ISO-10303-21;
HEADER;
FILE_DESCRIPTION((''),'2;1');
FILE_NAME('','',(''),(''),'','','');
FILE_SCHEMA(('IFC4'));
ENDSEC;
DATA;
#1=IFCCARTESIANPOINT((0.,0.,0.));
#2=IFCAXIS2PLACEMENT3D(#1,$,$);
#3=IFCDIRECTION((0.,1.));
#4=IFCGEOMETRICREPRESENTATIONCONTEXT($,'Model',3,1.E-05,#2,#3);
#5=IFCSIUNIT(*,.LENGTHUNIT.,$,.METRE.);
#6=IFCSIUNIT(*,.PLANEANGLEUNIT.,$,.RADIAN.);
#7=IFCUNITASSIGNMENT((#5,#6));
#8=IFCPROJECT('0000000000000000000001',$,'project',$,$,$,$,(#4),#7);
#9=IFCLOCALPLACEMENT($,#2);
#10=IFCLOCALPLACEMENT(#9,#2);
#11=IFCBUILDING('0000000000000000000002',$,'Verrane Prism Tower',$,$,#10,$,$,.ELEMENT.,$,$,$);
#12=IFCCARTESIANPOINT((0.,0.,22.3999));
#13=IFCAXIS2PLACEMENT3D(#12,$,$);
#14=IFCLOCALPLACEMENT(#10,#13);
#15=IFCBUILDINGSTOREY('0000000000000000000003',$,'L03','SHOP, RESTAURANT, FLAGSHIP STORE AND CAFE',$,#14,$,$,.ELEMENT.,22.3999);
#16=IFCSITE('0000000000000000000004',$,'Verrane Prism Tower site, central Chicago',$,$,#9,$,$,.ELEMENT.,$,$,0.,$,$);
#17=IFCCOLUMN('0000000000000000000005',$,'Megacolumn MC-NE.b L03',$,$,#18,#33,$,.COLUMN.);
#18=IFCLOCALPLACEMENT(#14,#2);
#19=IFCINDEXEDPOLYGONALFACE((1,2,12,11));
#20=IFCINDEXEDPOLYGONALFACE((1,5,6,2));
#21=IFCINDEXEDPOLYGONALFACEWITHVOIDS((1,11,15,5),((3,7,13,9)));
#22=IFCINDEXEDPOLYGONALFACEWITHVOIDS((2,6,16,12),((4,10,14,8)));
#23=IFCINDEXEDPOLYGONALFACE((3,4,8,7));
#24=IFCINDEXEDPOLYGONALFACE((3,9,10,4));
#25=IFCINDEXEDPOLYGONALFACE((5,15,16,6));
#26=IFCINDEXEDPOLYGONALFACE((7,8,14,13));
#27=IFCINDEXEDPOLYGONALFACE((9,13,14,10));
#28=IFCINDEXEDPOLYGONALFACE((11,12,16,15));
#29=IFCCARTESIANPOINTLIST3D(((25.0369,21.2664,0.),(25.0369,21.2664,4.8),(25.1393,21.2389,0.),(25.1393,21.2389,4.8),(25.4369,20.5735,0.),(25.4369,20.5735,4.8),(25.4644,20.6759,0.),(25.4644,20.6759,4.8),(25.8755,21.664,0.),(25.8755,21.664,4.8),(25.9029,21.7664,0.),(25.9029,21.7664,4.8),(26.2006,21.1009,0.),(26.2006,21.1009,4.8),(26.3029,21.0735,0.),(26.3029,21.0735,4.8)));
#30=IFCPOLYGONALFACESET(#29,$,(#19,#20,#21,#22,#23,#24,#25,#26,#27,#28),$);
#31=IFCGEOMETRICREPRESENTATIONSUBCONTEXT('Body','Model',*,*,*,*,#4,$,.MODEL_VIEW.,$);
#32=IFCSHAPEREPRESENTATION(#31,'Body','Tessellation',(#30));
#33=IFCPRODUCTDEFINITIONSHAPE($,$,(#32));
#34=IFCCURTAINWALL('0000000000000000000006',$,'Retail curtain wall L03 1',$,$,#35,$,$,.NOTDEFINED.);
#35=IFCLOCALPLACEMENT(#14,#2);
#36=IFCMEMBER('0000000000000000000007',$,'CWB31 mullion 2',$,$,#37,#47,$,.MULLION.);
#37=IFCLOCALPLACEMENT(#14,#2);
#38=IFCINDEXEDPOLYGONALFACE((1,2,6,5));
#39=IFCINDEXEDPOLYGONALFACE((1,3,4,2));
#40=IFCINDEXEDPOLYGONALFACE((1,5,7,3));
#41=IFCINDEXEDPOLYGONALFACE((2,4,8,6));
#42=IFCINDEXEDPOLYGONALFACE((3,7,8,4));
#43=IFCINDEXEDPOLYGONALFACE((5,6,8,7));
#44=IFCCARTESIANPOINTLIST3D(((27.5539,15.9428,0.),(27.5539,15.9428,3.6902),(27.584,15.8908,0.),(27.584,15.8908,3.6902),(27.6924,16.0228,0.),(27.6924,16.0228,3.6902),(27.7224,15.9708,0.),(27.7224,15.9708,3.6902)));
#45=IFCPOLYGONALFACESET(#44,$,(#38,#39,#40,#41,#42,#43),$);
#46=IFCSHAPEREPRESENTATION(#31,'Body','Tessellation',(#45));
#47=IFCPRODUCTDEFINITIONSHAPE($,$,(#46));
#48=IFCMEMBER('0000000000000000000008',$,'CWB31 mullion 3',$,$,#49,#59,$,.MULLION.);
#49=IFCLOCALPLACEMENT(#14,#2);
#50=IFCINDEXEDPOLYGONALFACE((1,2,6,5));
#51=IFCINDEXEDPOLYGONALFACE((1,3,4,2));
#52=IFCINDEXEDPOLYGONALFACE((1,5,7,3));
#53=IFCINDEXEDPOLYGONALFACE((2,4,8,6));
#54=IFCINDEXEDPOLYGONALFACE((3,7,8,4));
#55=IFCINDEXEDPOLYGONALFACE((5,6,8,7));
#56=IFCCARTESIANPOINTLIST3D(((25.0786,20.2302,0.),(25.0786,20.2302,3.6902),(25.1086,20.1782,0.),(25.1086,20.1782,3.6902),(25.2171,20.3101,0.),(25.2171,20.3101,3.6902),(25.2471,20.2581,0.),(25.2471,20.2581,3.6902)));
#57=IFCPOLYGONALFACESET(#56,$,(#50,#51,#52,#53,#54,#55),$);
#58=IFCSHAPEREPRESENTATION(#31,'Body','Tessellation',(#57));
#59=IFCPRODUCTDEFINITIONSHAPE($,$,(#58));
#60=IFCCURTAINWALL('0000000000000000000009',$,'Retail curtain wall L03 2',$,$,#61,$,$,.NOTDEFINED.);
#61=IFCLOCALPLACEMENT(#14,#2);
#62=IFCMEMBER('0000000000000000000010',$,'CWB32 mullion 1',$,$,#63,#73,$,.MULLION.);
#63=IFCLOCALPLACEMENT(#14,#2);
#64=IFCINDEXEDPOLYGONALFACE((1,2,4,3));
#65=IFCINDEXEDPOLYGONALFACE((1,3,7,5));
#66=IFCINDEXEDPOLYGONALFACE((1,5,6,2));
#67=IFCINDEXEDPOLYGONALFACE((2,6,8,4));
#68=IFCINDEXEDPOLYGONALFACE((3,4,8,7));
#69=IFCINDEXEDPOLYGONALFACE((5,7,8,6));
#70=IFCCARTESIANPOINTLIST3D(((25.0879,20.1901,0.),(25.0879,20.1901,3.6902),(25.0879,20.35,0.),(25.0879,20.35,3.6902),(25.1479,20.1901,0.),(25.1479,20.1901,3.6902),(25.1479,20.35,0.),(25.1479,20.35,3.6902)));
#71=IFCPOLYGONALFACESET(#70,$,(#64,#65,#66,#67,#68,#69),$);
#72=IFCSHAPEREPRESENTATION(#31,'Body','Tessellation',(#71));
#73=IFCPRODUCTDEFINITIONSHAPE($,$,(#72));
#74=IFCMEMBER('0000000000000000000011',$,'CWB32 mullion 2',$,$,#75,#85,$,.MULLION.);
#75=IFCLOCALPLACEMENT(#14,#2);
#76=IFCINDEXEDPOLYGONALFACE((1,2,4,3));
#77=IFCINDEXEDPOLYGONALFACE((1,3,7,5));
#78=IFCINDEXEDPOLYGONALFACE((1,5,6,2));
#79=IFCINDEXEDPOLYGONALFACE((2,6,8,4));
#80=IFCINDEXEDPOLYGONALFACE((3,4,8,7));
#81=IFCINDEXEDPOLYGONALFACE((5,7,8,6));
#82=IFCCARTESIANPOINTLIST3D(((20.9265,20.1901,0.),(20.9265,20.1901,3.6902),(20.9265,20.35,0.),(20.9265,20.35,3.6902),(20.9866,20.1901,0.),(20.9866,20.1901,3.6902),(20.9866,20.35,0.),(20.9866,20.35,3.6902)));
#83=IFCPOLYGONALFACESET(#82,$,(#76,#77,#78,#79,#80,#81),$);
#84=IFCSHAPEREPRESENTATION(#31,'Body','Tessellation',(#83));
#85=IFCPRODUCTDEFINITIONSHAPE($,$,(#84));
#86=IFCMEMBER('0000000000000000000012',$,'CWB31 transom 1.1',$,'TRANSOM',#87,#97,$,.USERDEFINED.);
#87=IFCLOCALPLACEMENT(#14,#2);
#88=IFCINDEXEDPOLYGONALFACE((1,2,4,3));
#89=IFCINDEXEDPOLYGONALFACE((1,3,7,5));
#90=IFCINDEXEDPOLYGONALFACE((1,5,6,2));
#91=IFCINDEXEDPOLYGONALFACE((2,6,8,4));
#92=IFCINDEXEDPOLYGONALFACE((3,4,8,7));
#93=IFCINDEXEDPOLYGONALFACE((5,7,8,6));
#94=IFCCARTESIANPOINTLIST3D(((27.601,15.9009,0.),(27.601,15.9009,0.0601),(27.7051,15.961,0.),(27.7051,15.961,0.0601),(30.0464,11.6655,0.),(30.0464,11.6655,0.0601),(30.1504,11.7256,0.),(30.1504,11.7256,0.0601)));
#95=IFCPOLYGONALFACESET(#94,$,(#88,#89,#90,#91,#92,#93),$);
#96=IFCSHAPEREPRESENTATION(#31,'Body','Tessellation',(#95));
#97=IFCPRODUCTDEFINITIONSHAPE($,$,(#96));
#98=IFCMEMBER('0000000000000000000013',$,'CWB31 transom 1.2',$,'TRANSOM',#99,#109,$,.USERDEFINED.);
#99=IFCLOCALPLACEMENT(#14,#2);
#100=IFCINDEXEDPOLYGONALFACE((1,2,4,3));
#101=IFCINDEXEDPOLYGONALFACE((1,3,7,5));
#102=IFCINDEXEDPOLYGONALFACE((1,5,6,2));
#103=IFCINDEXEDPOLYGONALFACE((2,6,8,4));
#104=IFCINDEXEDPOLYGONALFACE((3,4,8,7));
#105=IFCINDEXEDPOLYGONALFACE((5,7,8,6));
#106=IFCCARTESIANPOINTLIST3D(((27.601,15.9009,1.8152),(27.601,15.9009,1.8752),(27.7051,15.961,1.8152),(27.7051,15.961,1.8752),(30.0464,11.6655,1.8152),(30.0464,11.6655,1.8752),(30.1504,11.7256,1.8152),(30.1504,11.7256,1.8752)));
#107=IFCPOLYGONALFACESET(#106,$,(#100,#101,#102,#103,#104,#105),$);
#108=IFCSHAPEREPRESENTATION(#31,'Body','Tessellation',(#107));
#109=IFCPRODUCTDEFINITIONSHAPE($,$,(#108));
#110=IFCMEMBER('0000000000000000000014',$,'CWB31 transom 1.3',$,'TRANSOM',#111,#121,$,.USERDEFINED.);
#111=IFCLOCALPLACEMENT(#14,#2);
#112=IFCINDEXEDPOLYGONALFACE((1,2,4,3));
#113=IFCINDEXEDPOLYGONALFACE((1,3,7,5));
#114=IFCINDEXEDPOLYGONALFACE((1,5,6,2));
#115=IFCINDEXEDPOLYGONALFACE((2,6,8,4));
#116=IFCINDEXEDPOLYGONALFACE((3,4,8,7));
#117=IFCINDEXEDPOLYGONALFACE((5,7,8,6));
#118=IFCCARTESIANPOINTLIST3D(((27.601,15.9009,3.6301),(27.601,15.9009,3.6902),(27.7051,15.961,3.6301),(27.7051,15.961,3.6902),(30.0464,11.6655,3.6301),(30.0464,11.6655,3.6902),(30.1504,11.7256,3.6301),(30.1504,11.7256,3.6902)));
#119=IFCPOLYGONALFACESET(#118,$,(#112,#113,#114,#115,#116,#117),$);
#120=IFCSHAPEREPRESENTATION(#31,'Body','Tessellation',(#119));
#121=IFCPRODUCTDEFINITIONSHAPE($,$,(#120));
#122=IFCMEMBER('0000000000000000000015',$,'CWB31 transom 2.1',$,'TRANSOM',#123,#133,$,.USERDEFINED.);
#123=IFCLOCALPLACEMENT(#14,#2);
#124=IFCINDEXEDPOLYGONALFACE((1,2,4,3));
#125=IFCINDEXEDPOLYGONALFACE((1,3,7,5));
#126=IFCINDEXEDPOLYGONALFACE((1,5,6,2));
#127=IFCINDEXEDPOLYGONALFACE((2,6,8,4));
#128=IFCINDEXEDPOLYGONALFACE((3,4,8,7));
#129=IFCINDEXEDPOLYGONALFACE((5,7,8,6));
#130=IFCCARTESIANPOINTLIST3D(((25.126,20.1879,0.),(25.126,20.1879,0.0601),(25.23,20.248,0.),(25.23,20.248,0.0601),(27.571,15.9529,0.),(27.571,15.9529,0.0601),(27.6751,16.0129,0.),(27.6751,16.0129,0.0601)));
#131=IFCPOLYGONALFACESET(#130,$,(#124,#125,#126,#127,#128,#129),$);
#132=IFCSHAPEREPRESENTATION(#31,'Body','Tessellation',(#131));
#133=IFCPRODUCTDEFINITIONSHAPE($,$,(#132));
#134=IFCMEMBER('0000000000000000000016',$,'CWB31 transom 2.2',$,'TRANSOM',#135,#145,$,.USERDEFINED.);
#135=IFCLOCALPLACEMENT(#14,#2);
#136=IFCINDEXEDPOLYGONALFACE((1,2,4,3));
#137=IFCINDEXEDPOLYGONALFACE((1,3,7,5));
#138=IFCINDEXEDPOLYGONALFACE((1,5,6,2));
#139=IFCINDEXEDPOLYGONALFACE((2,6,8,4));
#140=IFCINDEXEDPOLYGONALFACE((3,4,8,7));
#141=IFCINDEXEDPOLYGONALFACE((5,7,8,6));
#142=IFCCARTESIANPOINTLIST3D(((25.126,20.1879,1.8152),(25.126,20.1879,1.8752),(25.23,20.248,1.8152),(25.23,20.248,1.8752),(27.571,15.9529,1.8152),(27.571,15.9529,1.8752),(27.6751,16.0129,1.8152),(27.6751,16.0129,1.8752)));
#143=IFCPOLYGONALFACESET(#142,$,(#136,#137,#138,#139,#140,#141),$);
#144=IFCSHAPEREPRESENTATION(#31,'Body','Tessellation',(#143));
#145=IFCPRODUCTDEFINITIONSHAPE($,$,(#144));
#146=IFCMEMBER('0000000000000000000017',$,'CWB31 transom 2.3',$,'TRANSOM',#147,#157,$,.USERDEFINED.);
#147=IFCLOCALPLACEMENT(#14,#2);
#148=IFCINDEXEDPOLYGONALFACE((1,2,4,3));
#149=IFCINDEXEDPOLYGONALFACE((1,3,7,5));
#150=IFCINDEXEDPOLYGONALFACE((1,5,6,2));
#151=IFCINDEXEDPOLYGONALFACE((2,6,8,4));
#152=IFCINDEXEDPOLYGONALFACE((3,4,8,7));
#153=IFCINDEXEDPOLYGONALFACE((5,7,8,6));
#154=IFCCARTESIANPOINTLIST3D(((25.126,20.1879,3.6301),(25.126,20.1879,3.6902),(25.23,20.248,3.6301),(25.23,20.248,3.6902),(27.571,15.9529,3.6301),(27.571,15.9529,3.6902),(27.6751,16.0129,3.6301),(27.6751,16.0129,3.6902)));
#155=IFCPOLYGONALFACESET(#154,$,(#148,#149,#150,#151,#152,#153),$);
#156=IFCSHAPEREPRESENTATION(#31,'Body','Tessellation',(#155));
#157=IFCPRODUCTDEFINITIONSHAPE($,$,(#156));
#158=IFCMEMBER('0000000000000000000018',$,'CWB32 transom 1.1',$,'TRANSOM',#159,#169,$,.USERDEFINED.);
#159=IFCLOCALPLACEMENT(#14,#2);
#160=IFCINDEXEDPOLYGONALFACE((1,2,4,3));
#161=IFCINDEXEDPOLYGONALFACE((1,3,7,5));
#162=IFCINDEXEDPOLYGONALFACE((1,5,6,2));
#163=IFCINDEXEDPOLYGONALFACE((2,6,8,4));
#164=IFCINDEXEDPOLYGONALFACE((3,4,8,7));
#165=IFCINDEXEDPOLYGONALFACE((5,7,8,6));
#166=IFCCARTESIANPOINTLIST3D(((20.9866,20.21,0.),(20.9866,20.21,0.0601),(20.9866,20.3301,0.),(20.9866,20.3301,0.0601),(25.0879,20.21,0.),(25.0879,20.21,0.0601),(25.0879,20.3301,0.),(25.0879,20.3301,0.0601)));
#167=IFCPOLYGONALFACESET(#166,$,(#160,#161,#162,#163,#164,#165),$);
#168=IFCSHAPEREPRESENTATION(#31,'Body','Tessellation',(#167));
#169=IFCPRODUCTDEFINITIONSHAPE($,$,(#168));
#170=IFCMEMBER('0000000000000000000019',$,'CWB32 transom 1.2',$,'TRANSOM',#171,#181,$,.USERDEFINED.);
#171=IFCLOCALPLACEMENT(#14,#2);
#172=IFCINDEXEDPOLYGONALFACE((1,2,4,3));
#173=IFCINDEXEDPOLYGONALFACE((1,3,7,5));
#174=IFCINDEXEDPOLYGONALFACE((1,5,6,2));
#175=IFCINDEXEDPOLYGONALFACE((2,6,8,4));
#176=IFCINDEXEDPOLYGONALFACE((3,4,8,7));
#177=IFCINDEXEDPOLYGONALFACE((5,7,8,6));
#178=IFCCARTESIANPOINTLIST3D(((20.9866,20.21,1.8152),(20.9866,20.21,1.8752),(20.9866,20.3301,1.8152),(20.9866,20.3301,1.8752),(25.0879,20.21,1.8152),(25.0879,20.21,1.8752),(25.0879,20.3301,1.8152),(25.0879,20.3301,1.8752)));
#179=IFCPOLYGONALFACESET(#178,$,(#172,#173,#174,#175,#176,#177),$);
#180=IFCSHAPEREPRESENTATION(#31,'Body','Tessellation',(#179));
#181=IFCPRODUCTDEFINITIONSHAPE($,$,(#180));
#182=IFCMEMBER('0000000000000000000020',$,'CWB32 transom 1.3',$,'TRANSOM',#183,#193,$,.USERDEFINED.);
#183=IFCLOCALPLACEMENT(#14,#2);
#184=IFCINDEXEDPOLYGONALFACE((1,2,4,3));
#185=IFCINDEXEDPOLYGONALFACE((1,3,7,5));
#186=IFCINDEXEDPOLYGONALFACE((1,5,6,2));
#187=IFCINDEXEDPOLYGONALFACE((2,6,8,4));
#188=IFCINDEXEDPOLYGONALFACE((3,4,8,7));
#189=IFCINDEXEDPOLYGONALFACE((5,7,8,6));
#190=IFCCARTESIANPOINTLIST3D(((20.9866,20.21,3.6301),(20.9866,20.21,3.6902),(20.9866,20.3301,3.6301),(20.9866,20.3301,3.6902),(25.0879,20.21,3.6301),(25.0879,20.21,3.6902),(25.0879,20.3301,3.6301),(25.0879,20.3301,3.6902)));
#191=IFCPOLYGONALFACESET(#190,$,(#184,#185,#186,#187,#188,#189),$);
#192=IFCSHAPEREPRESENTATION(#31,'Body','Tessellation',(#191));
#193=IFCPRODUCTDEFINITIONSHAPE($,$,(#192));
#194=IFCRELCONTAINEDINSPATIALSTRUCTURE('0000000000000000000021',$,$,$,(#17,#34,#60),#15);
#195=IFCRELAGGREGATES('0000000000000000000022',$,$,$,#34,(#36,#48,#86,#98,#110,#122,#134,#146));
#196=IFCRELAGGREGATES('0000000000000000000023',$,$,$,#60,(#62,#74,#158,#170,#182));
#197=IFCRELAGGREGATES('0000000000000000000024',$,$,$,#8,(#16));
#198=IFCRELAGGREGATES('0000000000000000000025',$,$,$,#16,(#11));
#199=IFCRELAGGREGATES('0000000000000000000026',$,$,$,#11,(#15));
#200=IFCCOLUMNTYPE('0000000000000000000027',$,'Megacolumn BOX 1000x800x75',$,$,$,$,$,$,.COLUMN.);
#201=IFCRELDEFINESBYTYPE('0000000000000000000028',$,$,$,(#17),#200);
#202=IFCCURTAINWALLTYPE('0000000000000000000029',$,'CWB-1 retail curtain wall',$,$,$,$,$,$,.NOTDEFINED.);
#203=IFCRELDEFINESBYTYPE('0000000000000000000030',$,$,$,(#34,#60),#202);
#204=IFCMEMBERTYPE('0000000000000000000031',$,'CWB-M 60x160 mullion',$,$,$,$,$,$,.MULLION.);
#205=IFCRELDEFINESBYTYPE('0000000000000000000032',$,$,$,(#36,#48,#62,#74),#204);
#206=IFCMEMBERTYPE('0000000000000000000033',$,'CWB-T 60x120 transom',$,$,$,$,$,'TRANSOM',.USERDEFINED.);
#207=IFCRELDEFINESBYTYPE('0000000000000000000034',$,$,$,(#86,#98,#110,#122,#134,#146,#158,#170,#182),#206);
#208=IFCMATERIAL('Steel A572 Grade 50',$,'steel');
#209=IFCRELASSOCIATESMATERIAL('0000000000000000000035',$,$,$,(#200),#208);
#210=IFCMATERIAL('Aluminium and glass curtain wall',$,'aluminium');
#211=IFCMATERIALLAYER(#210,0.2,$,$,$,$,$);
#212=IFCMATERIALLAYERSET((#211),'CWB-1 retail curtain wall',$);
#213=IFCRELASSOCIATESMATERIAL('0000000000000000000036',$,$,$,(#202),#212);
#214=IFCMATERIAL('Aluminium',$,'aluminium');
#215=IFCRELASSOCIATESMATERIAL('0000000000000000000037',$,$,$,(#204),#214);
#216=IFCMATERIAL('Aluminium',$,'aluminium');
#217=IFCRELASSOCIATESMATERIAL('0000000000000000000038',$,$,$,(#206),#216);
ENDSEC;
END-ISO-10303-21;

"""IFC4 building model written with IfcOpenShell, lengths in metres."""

from ifc_helpers import new_model, si_unit, direction, frame, origin, origin_2d, place, context, subcontext, project, spatial, rectangle, hollow_rectangle, extrude, material, layer, layer_set, material_profile, profile_set, type_object, element, aggregate, save


model = new_model("IFC4")

# Units and contexts
model_context = context("Model", 3, precision=1e-05, world=origin(), true_north=direction((0.0, 1.0)))
body_context = subcontext(model_context, "Body", "Model", "MODEL_VIEW")
ifc_project = project(units=[si_unit("LENGTHUNIT", "METRE"), si_unit("PLANEANGLEUNIT", "RADIAN")], contexts=[model_context])

# Site, building, storey
site_placement = place(None, origin())
site = spatial("IfcSite", under=ifc_project, at=site_placement, Name="Verrane Prism Tower site, central Chicago", CompositionType="ELEMENT", RefElevation=0.0)
building_placement = place(site_placement, origin())
building = spatial("IfcBuilding", under=site, at=building_placement, Name="Verrane Prism Tower", CompositionType="ELEMENT")
storey_placement = place(building_placement, frame((0.0, 0.0, 22.3999)))
storey = spatial("IfcBuildingStorey", under=building, at=storey_placement, Name="L03", Description="SHOP, RESTAURANT, FLAGSHIP STORE AND CAFE", CompositionType="ELEMENT", Elevation=22.3999)

# Column
ifc_material_1 = material(Name="Steel A572 Grade 50", Category="steel")
ifc_material_profile_1 = material_profile(ifc_material_1, hollow_rectangle(XDim=0.8, YDim=1.0, WallThickness=0.075, at=origin_2d()), Name="BOX 1000x800x75")
ifc_profile_set_1 = profile_set([ifc_material_profile_1], Name="Steel A572 Grade 50")
column_type = type_object("IfcColumnType", Name="Megacolumn BOX 1000x800x75", PredefinedType="COLUMN", material=ifc_profile_set_1)
column_placement = place(storey_placement, frame((25.6699, 21.1699, 0.0), z_axis=(0.0, 0.0, 1.0), x_axis=(0.5, -0.866025, 0.0)))
element("IfcColumn", 1, at=column_placement, inside=storey, type_object=column_type, Name="Megacolumn MC-NE.b L03", PredefinedType="COLUMN", context=body_context, shape_type="SweptSolid", body=[
    extrude(hollow_rectangle(XDim=0.8, YDim=1.0, WallThickness=0.075, at=origin_2d()), origin(), (0.0, 0.0, 1.0), 4.8),
])

# Curtain walls, members
ifc_material_2 = material(Name="Aluminium and glass curtain wall", Category="aluminium")
ifc_layer_1 = layer(ifc_material_2, 0.2)
ifc_layer_set_1 = layer_set([ifc_layer_1], Name="CWB-1 retail curtain wall")
curtain_wall_type = type_object("IfcCurtainWallType", Name="CWB-1 retail curtain wall", PredefinedType="NOTDEFINED", material=ifc_layer_set_1)
curtain_wall_1_placement = place(storey_placement, origin())
curtain_wall_1 = element("IfcCurtainWall", 2, at=curtain_wall_1_placement, inside=storey, type_object=curtain_wall_type, Name="Retail curtain wall L03 1", PredefinedType="NOTDEFINED")
ifc_material_3 = material(Name="Aluminium", Category="aluminium")
ifc_material_profile_2 = material_profile(ifc_material_3, rectangle(XDim=0.1599, YDim=0.0601, at=origin_2d()), Name="CWB-M 60x160 mullion")
ifc_profile_set_2 = profile_set([ifc_material_profile_2], Name="Aluminium")
member_type_1 = type_object("IfcMemberType", Name="CWB-M 60x160 mullion", PredefinedType="MULLION", material=ifc_profile_set_2)
member_1_placement = place(storey_placement, frame((27.6382, 15.9568, 0.0), z_axis=(0.0, 0.0, 1.0), x_axis=(-0.866026, -0.499999, 0.0)))
member_1 = element("IfcMember", 3, at=member_1_placement, type_object=member_type_1, Name="CWB31 mullion 2", PredefinedType="MULLION", context=body_context, shape_type="SweptSolid", body=[
    extrude(rectangle(XDim=0.1599, YDim=0.0601, at=origin_2d()), origin(), (0.0, 0.0, 1.0), 3.6902),
])
member_2_placement = place(storey_placement, frame((25.1628, 20.2441, 0.0), z_axis=(0.0, 0.0, 1.0), x_axis=(-0.866026, -0.499999, 0.0)))
member_2 = element("IfcMember", 4, at=member_2_placement, type_object=member_type_1, Name="CWB31 mullion 3", PredefinedType="MULLION", context=body_context, shape_type="SweptSolid", body=[
    extrude(rectangle(XDim=0.1599, YDim=0.0601, at=origin_2d()), origin(), (0.0, 0.0, 1.0), 3.6902),
])
curtain_wall_2_placement = place(storey_placement, origin())
curtain_wall_2 = element("IfcCurtainWall", 5, at=curtain_wall_2_placement, inside=storey, type_object=curtain_wall_type, Name="Retail curtain wall L03 2", PredefinedType="NOTDEFINED")
member_3_placement = place(storey_placement, frame((25.1179, 20.27, 0.0), z_axis=(0.0, 0.0, 1.0), x_axis=(0.0, -1.0, 0.0)))
member_3 = element("IfcMember", 6, at=member_3_placement, type_object=member_type_1, Name="CWB32 mullion 1", PredefinedType="MULLION", context=body_context, shape_type="SweptSolid", body=[
    extrude(rectangle(XDim=0.1599, YDim=0.0601, at=origin_2d()), origin(), (0.0, 0.0, 1.0), 3.6902),
])
member_4_placement = place(storey_placement, frame((20.9565, 20.27, 0.0), z_axis=(0.0, 0.0, 1.0), x_axis=(0.0, -1.0, 0.0)))
member_4 = element("IfcMember", 7, at=member_4_placement, type_object=member_type_1, Name="CWB32 mullion 2", PredefinedType="MULLION", context=body_context, shape_type="SweptSolid", body=[
    extrude(rectangle(XDim=0.1599, YDim=0.0601, at=origin_2d()), origin(), (0.0, 0.0, 1.0), 3.6902),
])

# Members
ifc_material_4 = material(Name="Aluminium", Category="aluminium")
ifc_material_profile_3 = material_profile(ifc_material_4, rectangle(XDim=0.1201, YDim=0.0601, at=origin_2d()), Name="CWB-T 60x120 transom")
ifc_profile_set_3 = profile_set([ifc_material_profile_3], Name="Aluminium")
member_type_2 = type_object("IfcMemberType", Name="CWB-T 60x120 transom", ElementType="TRANSOM", PredefinedType="USERDEFINED", material=ifc_profile_set_3)
member_5_placement = place(storey_placement, frame((30.0984, 11.6956, 0.03), z_axis=(-0.500005, 0.866023, 0.0), x_axis=(-0.866023, -0.500005, 0.0)))
member_5 = element("IfcMember", 8, at=member_5_placement, type_object=member_type_2, Name="CWB31 transom 1.1", ObjectType="TRANSOM", PredefinedType="USERDEFINED", context=body_context, shape_type="SweptSolid", body=[
    extrude(rectangle(XDim=0.1201, YDim=0.0601, at=origin_2d()), origin(), (0.0, 0.0, 1.0), 4.8906),
])
member_6_placement = place(storey_placement, frame((30.0984, 11.6956, 1.8452), z_axis=(-0.500005, 0.866023, 0.0), x_axis=(-0.866023, -0.500005, 0.0)))
member_6 = element("IfcMember", 9, at=member_6_placement, type_object=member_type_2, Name="CWB31 transom 1.2", ObjectType="TRANSOM", PredefinedType="USERDEFINED", context=body_context, shape_type="SweptSolid", body=[
    extrude(rectangle(XDim=0.1201, YDim=0.0601, at=origin_2d()), origin(), (0.0, 0.0, 1.0), 4.8906),
])
member_7_placement = place(storey_placement, frame((30.0984, 11.6956, 3.6602), z_axis=(-0.500005, 0.866023, 0.0), x_axis=(-0.866023, -0.500005, 0.0)))
member_7 = element("IfcMember", 10, at=member_7_placement, type_object=member_type_2, Name="CWB31 transom 1.3", ObjectType="TRANSOM", PredefinedType="USERDEFINED", context=body_context, shape_type="SweptSolid", body=[
    extrude(rectangle(XDim=0.1201, YDim=0.0601, at=origin_2d()), origin(), (0.0, 0.0, 1.0), 4.8906),
])
member_8_placement = place(storey_placement, frame((27.623, 15.9829, 0.03), z_axis=(-0.499989, 0.866032, 0.0), x_axis=(-0.866032, -0.499989, 0.0)))
member_8 = element("IfcMember", 11, at=member_8_placement, type_object=member_type_2, Name="CWB31 transom 2.1", ObjectType="TRANSOM", PredefinedType="USERDEFINED", context=body_context, shape_type="SweptSolid", body=[
    extrude(rectangle(XDim=0.1201, YDim=0.0601, at=origin_2d()), origin(), (0.0, 0.0, 1.0), 4.8901),
])
member_9_placement = place(storey_placement, frame((27.623, 15.9829, 1.8452), z_axis=(-0.499989, 0.866032, 0.0), x_axis=(-0.866032, -0.499989, 0.0)))
member_9 = element("IfcMember", 12, at=member_9_placement, type_object=member_type_2, Name="CWB31 transom 2.2", ObjectType="TRANSOM", PredefinedType="USERDEFINED", context=body_context, shape_type="SweptSolid", body=[
    extrude(rectangle(XDim=0.1201, YDim=0.0601, at=origin_2d()), origin(), (0.0, 0.0, 1.0), 4.8901),
])
member_10_placement = place(storey_placement, frame((27.623, 15.9829, 3.6602), z_axis=(-0.499989, 0.866032, 0.0), x_axis=(-0.866032, -0.499989, 0.0)))
member_10 = element("IfcMember", 13, at=member_10_placement, type_object=member_type_2, Name="CWB31 transom 2.3", ObjectType="TRANSOM", PredefinedType="USERDEFINED", context=body_context, shape_type="SweptSolid", body=[
    extrude(rectangle(XDim=0.1201, YDim=0.0601, at=origin_2d()), origin(), (0.0, 0.0, 1.0), 4.8901),
])
member_11_placement = place(storey_placement, frame((25.0879, 20.27, 0.03), z_axis=(-1.0, 0.0, 0.0), x_axis=(0.0, -1.0, 0.0)))
member_11 = element("IfcMember", 14, at=member_11_placement, type_object=member_type_2, Name="CWB32 transom 1.1", ObjectType="TRANSOM", PredefinedType="USERDEFINED", context=body_context, shape_type="SweptSolid", body=[
    extrude(rectangle(XDim=0.1201, YDim=0.0601, at=origin_2d()), origin(), (0.0, 0.0, 1.0), 4.1013),
])
member_12_placement = place(storey_placement, frame((25.0879, 20.27, 1.8452), z_axis=(-1.0, 0.0, 0.0), x_axis=(0.0, -1.0, 0.0)))
member_12 = element("IfcMember", 15, at=member_12_placement, type_object=member_type_2, Name="CWB32 transom 1.2", ObjectType="TRANSOM", PredefinedType="USERDEFINED", context=body_context, shape_type="SweptSolid", body=[
    extrude(rectangle(XDim=0.1201, YDim=0.0601, at=origin_2d()), origin(), (0.0, 0.0, 1.0), 4.1013),
])
member_13_placement = place(storey_placement, frame((25.0879, 20.27, 3.6602), z_axis=(-1.0, 0.0, 0.0), x_axis=(0.0, -1.0, 0.0)))
member_13 = element("IfcMember", 16, at=member_13_placement, type_object=member_type_2, Name="CWB32 transom 1.3", ObjectType="TRANSOM", PredefinedType="USERDEFINED", context=body_context, shape_type="SweptSolid", body=[
    extrude(rectangle(XDim=0.1201, YDim=0.0601, at=origin_2d()), origin(), (0.0, 0.0, 1.0), 4.1013),
])

aggregate(curtain_wall_1, [member_1, member_2, member_5, member_6, member_7, member_8, member_9, member_10])
aggregate(curtain_wall_2, [member_3, member_4, member_11, member_12, member_13])

save(model, "model.ifc")
